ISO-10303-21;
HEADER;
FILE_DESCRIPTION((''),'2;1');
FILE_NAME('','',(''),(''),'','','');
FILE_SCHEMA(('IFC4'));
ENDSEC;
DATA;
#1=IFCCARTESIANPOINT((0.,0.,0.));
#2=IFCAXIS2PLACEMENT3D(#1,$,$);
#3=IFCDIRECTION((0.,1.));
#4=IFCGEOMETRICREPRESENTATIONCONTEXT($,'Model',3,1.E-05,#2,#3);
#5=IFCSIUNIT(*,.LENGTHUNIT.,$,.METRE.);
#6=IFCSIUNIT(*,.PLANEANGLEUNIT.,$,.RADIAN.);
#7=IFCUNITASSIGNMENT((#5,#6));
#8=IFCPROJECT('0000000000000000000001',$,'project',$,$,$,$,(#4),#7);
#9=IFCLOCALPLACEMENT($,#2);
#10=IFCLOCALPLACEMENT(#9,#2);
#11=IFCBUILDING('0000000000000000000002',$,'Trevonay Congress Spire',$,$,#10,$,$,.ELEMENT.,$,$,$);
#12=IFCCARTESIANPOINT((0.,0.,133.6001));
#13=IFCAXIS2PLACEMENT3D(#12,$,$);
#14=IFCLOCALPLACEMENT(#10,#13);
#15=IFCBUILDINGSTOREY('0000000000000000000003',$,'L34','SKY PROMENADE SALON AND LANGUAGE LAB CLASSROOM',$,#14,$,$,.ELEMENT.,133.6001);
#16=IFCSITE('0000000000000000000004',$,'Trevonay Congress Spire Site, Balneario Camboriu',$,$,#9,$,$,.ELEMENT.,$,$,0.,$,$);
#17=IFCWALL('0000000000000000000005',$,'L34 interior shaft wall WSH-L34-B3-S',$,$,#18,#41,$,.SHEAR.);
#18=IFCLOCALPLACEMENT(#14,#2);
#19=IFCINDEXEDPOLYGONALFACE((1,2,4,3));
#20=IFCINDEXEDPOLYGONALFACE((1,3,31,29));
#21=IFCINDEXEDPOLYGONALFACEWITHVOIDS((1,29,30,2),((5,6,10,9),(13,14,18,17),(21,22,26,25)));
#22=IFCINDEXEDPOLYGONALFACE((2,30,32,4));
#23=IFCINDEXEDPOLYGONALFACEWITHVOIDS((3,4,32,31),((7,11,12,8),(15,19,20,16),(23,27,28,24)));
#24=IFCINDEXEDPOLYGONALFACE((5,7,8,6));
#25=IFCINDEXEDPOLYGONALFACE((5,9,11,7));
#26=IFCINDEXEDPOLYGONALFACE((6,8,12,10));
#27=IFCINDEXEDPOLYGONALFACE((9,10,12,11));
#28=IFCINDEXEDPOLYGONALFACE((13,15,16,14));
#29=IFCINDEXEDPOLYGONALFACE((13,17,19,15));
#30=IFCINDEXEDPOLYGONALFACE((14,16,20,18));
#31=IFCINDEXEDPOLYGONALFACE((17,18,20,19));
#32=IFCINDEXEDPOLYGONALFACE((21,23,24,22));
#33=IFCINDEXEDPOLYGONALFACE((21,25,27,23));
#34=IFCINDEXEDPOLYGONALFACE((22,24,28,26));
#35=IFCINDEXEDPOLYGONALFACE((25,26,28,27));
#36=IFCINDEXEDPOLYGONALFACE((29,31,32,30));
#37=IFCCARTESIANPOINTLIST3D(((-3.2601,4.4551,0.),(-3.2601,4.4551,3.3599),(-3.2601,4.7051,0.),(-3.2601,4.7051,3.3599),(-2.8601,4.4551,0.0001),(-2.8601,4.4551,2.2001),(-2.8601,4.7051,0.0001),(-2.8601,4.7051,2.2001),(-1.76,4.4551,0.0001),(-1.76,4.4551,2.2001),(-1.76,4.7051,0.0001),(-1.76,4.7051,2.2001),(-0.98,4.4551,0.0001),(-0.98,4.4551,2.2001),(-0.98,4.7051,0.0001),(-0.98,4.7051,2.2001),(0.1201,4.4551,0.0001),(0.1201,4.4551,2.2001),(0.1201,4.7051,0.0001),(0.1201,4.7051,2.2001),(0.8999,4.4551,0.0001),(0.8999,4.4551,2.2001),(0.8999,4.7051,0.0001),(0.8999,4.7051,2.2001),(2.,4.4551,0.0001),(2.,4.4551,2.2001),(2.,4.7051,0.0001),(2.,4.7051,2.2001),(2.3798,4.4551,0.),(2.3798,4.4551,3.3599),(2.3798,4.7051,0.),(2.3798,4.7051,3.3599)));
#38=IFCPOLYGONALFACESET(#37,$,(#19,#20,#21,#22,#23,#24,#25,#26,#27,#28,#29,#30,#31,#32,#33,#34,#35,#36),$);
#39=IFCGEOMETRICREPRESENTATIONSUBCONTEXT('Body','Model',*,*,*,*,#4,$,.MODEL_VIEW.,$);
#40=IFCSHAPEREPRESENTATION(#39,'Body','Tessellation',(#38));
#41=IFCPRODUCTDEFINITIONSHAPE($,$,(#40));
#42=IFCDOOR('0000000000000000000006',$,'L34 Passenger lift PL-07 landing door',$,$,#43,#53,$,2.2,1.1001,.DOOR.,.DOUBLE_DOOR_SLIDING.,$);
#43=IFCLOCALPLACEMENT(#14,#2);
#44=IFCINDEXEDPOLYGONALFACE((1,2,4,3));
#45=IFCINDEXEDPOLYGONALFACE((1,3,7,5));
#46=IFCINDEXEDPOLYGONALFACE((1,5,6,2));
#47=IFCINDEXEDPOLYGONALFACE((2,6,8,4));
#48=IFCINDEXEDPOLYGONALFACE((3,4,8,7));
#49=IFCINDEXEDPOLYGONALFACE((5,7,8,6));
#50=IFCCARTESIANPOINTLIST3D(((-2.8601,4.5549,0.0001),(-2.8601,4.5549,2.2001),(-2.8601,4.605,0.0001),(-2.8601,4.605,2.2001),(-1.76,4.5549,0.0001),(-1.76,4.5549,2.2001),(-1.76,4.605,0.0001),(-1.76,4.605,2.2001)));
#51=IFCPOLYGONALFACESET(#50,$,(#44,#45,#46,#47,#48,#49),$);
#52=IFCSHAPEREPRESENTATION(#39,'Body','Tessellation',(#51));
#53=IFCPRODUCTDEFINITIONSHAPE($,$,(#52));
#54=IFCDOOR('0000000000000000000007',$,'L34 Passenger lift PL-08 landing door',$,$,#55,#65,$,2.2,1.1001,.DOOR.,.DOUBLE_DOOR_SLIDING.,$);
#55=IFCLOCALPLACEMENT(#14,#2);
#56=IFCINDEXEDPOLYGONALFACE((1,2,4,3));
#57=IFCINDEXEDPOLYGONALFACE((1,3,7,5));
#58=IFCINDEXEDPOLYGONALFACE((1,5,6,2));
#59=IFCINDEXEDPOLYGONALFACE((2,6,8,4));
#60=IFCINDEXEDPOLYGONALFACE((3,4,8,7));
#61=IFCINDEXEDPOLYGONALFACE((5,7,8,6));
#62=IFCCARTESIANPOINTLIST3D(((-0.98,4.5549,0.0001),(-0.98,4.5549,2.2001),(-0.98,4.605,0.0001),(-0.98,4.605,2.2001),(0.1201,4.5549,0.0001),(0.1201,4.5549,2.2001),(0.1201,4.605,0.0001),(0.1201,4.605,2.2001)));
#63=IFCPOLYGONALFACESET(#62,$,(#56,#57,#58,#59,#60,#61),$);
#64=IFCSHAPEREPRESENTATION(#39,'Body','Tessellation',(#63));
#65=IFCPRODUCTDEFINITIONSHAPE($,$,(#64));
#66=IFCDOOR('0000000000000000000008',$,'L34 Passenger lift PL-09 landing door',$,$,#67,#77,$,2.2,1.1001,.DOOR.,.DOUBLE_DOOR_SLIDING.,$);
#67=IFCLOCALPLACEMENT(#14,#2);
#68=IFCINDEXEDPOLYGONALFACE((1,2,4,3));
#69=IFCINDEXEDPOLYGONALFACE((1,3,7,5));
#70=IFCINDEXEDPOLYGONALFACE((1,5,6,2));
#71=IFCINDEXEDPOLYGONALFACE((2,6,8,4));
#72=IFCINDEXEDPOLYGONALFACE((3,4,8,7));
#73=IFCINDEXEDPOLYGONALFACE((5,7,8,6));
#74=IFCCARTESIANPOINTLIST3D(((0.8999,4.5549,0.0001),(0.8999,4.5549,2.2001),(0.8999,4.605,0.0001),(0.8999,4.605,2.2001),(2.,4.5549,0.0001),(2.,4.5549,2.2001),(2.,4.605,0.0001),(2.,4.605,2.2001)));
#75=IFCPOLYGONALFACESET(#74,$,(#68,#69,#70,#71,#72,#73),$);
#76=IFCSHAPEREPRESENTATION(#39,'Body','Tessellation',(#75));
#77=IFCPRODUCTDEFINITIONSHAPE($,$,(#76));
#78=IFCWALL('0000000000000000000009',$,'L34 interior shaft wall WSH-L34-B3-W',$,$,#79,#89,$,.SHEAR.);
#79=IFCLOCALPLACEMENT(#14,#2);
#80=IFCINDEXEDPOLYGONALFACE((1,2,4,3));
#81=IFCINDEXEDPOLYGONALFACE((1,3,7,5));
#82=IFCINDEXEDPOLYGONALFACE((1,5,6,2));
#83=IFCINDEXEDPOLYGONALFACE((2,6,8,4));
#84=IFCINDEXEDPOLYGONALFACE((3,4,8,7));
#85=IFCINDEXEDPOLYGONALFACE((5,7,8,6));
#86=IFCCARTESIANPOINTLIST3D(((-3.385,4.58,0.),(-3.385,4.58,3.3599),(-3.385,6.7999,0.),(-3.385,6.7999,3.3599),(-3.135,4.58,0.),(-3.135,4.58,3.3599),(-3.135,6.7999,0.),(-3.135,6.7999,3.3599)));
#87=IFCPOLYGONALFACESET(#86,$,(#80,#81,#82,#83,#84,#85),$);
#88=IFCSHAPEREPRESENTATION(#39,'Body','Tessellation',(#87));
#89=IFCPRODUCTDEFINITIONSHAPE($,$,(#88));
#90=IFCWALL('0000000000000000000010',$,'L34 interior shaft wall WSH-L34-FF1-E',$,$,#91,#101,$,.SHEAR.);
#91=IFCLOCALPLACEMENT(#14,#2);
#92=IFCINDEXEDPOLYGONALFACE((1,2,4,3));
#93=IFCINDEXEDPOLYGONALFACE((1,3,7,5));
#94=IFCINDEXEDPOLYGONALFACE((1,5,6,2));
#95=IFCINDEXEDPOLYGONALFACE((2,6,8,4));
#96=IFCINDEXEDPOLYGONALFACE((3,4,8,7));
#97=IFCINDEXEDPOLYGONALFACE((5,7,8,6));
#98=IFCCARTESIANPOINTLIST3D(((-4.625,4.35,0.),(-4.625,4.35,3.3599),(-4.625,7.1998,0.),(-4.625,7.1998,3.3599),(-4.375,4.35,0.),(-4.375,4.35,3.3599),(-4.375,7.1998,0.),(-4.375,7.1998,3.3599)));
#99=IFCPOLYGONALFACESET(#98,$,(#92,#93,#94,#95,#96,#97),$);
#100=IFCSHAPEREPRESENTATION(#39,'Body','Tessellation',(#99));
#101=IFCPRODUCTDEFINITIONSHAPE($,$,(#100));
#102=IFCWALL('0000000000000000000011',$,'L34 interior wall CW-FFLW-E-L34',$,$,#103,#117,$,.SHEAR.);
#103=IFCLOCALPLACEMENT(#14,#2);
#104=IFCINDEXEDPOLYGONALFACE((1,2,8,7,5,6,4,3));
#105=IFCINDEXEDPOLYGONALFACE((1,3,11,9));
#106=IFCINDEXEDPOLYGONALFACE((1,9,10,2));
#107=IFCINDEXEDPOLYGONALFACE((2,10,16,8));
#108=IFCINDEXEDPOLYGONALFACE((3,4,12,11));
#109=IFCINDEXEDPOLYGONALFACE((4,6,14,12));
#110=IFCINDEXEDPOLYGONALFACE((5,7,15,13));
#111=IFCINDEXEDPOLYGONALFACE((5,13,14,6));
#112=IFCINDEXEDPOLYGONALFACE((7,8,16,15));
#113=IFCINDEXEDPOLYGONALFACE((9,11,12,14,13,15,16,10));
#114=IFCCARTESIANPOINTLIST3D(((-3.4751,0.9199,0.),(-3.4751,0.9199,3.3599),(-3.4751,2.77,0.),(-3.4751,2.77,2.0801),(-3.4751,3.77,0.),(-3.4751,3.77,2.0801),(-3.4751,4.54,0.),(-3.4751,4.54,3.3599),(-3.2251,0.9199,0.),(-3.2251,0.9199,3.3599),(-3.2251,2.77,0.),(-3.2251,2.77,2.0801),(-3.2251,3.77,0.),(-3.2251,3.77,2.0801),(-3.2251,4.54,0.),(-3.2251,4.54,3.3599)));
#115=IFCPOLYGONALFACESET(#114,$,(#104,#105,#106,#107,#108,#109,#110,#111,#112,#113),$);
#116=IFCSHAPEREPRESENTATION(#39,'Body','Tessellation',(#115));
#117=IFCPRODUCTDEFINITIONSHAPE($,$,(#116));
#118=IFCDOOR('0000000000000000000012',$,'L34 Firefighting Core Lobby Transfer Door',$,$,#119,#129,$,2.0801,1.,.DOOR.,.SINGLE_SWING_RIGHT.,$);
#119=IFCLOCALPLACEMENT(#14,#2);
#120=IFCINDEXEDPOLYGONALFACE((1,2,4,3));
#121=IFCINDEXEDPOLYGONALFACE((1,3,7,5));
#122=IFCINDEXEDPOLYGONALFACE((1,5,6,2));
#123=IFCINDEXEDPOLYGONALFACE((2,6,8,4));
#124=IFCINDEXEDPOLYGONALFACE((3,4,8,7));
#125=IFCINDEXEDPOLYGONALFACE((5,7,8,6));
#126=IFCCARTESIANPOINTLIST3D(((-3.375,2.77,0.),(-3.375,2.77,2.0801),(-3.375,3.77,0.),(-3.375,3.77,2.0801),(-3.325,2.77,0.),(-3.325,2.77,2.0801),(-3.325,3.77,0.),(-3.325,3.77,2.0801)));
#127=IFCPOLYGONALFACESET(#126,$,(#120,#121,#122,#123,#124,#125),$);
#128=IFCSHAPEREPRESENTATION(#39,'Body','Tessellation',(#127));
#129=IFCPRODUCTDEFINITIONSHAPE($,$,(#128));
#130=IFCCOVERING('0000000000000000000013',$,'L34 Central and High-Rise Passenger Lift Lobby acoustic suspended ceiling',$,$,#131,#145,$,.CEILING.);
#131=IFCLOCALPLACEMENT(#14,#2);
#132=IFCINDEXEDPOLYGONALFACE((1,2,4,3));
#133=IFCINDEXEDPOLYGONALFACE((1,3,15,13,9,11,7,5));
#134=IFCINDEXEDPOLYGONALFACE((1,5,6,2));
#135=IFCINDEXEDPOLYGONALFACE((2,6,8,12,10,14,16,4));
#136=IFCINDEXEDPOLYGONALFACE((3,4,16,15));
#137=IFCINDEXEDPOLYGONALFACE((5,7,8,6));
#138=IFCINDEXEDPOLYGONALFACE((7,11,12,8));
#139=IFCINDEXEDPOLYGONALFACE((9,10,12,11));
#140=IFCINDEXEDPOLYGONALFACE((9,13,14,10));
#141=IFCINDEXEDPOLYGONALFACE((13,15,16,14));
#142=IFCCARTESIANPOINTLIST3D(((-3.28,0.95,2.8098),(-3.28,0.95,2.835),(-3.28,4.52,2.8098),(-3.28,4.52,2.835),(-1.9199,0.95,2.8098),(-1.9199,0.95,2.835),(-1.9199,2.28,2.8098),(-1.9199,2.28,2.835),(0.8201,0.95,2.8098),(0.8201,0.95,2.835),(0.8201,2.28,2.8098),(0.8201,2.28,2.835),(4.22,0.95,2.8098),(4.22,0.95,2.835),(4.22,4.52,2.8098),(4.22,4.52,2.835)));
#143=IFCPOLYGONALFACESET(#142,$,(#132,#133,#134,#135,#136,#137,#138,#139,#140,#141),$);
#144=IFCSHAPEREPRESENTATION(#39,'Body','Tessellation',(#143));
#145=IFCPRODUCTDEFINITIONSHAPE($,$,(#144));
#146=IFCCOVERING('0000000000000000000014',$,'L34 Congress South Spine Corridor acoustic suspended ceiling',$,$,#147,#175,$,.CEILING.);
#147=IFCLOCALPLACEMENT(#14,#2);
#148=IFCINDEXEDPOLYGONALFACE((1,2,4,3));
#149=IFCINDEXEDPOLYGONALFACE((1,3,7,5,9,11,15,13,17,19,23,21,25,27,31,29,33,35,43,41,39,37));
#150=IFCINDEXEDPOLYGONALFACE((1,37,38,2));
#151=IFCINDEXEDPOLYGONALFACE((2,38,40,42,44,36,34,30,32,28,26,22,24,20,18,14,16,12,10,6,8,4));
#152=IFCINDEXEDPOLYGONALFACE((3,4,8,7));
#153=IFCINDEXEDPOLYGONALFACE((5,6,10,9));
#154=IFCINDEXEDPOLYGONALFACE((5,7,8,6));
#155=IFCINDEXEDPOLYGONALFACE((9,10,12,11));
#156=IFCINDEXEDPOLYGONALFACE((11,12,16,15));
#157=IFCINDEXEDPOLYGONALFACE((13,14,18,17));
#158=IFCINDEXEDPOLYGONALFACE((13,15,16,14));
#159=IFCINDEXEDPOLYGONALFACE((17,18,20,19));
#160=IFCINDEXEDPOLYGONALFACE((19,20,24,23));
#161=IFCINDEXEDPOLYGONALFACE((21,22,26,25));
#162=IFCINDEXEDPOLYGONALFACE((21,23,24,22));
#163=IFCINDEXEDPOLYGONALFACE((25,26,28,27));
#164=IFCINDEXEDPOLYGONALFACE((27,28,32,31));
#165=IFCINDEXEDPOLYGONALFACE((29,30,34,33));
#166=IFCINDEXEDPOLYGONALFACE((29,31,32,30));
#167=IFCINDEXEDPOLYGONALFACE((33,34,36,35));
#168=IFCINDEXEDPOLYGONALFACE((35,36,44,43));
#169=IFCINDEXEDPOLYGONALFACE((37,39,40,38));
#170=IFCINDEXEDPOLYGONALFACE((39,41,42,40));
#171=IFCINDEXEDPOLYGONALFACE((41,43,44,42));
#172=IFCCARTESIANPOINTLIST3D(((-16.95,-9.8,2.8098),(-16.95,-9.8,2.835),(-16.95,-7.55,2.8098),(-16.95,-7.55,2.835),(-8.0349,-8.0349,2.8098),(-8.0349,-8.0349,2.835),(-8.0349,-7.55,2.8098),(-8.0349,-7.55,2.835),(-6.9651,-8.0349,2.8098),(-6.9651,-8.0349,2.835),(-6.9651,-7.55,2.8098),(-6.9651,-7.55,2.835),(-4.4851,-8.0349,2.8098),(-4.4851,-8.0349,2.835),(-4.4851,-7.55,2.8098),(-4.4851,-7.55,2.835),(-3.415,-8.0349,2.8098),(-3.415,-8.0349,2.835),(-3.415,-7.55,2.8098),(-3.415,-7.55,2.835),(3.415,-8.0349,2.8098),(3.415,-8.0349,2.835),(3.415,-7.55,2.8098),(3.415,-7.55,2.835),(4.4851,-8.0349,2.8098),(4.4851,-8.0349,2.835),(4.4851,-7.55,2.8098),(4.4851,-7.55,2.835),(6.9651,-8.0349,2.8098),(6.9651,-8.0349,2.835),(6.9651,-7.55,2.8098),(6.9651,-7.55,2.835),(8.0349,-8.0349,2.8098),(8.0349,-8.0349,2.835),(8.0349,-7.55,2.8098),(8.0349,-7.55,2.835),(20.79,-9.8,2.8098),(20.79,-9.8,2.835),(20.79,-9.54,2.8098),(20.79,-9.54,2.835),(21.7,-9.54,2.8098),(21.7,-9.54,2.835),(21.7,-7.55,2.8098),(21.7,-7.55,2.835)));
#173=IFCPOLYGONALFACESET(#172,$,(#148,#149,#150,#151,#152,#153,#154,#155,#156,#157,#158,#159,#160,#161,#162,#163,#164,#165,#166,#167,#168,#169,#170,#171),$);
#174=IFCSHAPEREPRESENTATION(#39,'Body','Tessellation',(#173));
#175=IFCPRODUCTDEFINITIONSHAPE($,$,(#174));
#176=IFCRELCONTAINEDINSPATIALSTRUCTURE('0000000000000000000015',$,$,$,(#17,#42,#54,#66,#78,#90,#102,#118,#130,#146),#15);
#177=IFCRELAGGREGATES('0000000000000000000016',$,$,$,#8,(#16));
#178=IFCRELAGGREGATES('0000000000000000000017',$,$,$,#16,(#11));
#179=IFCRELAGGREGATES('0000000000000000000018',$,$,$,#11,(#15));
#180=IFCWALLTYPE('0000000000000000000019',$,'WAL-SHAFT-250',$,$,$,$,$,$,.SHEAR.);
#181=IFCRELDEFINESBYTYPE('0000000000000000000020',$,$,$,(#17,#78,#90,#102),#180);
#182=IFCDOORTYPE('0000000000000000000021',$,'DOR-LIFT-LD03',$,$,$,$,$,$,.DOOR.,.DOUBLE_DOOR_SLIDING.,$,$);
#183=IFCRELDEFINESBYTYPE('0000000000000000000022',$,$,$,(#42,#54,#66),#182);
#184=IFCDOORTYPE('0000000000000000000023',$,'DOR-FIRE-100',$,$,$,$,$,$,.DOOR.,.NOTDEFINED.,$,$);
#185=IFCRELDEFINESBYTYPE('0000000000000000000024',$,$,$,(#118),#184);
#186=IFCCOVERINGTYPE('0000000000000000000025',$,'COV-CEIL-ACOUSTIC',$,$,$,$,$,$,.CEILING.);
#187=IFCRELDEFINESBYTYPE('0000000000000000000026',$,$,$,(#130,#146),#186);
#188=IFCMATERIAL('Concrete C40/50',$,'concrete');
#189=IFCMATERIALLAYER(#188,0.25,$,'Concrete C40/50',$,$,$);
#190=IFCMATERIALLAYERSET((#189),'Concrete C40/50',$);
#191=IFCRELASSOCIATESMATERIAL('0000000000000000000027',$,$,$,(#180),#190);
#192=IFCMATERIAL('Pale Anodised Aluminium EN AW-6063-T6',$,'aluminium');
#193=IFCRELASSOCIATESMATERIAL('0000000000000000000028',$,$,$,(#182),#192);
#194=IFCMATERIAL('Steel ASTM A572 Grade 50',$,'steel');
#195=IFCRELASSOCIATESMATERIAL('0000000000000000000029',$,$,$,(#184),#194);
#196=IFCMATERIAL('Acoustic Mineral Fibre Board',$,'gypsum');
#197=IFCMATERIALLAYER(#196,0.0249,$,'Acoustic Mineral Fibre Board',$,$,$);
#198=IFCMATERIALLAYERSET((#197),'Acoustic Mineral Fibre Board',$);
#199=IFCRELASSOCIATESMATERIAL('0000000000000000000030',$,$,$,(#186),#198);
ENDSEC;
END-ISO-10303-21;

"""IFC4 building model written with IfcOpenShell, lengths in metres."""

from ifc_helpers import new_model, si_unit, direction, frame, frame_2d, origin, place, context, subcontext, project, spatial, polyline, rectangle, outline, extrude, material, layer, layer_set, type_object, element, fill, save


model = new_model("IFC4")

# Units and contexts
model_context = context("Model", 3, precision=1e-05, world=origin(), true_north=direction((0.0, 1.0)))
body_context = subcontext(model_context, "Body", "Model", "MODEL_VIEW")
ifc_project = project(units=[si_unit("LENGTHUNIT", "METRE"), si_unit("PLANEANGLEUNIT", "RADIAN")], contexts=[model_context])

# Site, building, storey
site_placement = place(None, origin())
site = spatial("IfcSite", under=ifc_project, at=site_placement, Name="Trevonay Congress Spire Site, Balneario Camboriu", CompositionType="ELEMENT", RefElevation=0.0)
building_placement = place(site_placement, origin())
building = spatial("IfcBuilding", under=site, at=building_placement, Name="Trevonay Congress Spire", CompositionType="ELEMENT")
storey_placement = place(building_placement, frame((0.0, 0.0, 133.6001)))
storey = spatial("IfcBuildingStorey", under=building, at=storey_placement, Name="L34", Description="SKY PROMENADE SALON AND LANGUAGE LAB CLASSROOM", CompositionType="ELEMENT", Elevation=133.6001)

# Shared definitions
ifc_material_1 = material(Name="Concrete C40/50", Category="concrete")

# Wall, openings, doors
ifc_layer_1 = layer(ifc_material_1, 0.25, Name="Concrete C40/50")
ifc_layer_set_1 = layer_set([ifc_layer_1], Name="Concrete C40/50")
wall_type_1 = type_object("IfcWallType", Name="WAL-SHAFT-250", PredefinedType="SHEAR", material=ifc_layer_set_1)
ifc_material_2 = material(Name="Pale Anodised Aluminium EN AW-6063-T6", Category="aluminium")
wall_1_placement = place(storey_placement, frame((-3.26, 4.5801, 0.0), z_axis=(0.0, 0.0, 1.0), x_axis=(1.0, 0.0, 0.0)))
wall_1 = element("IfcWall", 1, at=wall_1_placement, inside=storey, type_object=wall_type_1, Name="L34 interior shaft wall WSH-L34-B3-S", PredefinedType="SHEAR", context=body_context, shape_type="SweptSolid", body=[
    extrude(rectangle(XDim=5.6399, YDim=0.25, at=frame_2d((2.8198, 0.0))), origin(), (0.0, 0.0, 1.0), 3.3599),
])
opening_1_placement = place(wall_1_placement, frame((0.3999, 0.0, 0.0)))
opening_1 = element("IfcOpeningElement", 2, at=opening_1_placement, cuts=wall_1, PredefinedType="OPENING", context=body_context, shape_type="SweptSolid", body=[
    extrude(rectangle(XDim=1.1001, YDim=2.2, at=frame_2d((0.55, 1.1001))), frame((0.0, 0.135, 0.0), z_axis=(0.0, -1.0, 0.0), x_axis=(1.0, 0.0, 0.0)), (0.0, 0.0, 1.0), 0.27),
])
opening_2_placement = place(wall_1_placement, frame((2.28, 0.0, 0.0)))
opening_2 = element("IfcOpeningElement", 3, at=opening_2_placement, cuts=wall_1, PredefinedType="OPENING", context=body_context, shape_type="SweptSolid", body=[
    extrude(rectangle(XDim=1.1001, YDim=2.2, at=frame_2d((0.55, 1.1001))), frame((0.0, 0.135, 0.0), z_axis=(0.0, -1.0, 0.0), x_axis=(1.0, 0.0, 0.0)), (0.0, 0.0, 1.0), 0.27),
])
opening_3_placement = place(wall_1_placement, frame((4.1599, 0.0, 0.0)))
opening_3 = element("IfcOpeningElement", 4, at=opening_3_placement, cuts=wall_1, PredefinedType="OPENING", context=body_context, shape_type="SweptSolid", body=[
    extrude(rectangle(XDim=1.1001, YDim=2.2, at=frame_2d((0.55, 1.1001))), frame((0.0, 0.135, 0.0), z_axis=(0.0, -1.0, 0.0), x_axis=(1.0, 0.0, 0.0)), (0.0, 0.0, 1.0), 0.27),
])
door_type_1 = type_object("IfcDoorType", Name="DOR-LIFT-LD03", OperationType="DOUBLE_DOOR_SLIDING", PredefinedType="DOOR", material=ifc_material_2)
door_1_placement = place(opening_1_placement, origin())
door_1 = element("IfcDoor", 5, at=door_1_placement, inside=storey, type_object=door_type_1, Name="L34 Passenger lift PL-07 landing door", OperationType="DOUBLE_DOOR_SLIDING", OverallHeight=2.2, OverallWidth=1.1001, PredefinedType="DOOR", context=body_context, shape_type="SweptSolid", body=[
    extrude(rectangle(XDim=1.1001, YDim=2.2, at=frame_2d((0.55, 1.1001))), frame((0.0, 0.0249, 0.0), z_axis=(0.0, -1.0, 0.0), x_axis=(1.0, 0.0, 0.0)), (0.0, 0.0, 1.0), 0.05),
])
fill(opening_1, door_1)
door_2_placement = place(opening_2_placement, origin())
door_2 = element("IfcDoor", 6, at=door_2_placement, inside=storey, type_object=door_type_1, Name="L34 Passenger lift PL-08 landing door", OperationType="DOUBLE_DOOR_SLIDING", OverallHeight=2.2, OverallWidth=1.1001, PredefinedType="DOOR", context=body_context, shape_type="SweptSolid", body=[
    extrude(rectangle(XDim=1.1001, YDim=2.2, at=frame_2d((0.55, 1.1001))), frame((0.0, 0.0249, 0.0), z_axis=(0.0, -1.0, 0.0), x_axis=(1.0, 0.0, 0.0)), (0.0, 0.0, 1.0), 0.05),
])
fill(opening_2, door_2)
door_3_placement = place(opening_3_placement, origin())
door_3 = element("IfcDoor", 7, at=door_3_placement, inside=storey, type_object=door_type_1, Name="L34 Passenger lift PL-09 landing door", OperationType="DOUBLE_DOOR_SLIDING", OverallHeight=2.2, OverallWidth=1.1001, PredefinedType="DOOR", context=body_context, shape_type="SweptSolid", body=[
    extrude(rectangle(XDim=1.1001, YDim=2.2, at=frame_2d((0.55, 1.1001))), frame((0.0, 0.0249, 0.0), z_axis=(0.0, -1.0, 0.0), x_axis=(1.0, 0.0, 0.0)), (0.0, 0.0, 1.0), 0.05),
])
fill(opening_3, door_3)

# Walls
wall_2_placement = place(storey_placement, frame((-3.26, 4.5801, 0.0), z_axis=(0.0, 0.0, 1.0), x_axis=(0.0, 1.0, 0.0)))
element("IfcWall", 8, at=wall_2_placement, inside=storey, type_object=wall_type_1, Name="L34 interior shaft wall WSH-L34-B3-W", PredefinedType="SHEAR", context=body_context, shape_type="SweptSolid", body=[
    extrude(rectangle(XDim=2.22, YDim=0.25, at=frame_2d((1.1099, 0.0))), origin(), (0.0, 0.0, 1.0), 3.3599),
])
wall_3_placement = place(storey_placement, frame((-4.5, 4.3501, 0.0), z_axis=(0.0, 0.0, 1.0), x_axis=(0.0, 1.0, 0.0)))
element("IfcWall", 9, at=wall_3_placement, inside=storey, type_object=wall_type_1, Name="L34 interior shaft wall WSH-L34-FF1-E", PredefinedType="SHEAR", context=body_context, shape_type="SweptSolid", body=[
    extrude(rectangle(XDim=2.8499, YDim=0.25, at=frame_2d((1.4248, 0.0))), origin(), (0.0, 0.0, 1.0), 3.3599),
])

# Wall, opening, door
wall_4_placement = place(storey_placement, frame((-3.3501, 0.9199, 0.0), z_axis=(0.0, 0.0, 1.0), x_axis=(0.0, 1.0, 0.0)))
wall_4 = element("IfcWall", 10, at=wall_4_placement, inside=storey, type_object=wall_type_1, Name="L34 interior wall CW-FFLW-E-L34", PredefinedType="SHEAR", context=body_context, shape_type="SweptSolid", body=[
    extrude(rectangle(XDim=3.6201, YDim=0.25, at=frame_2d((1.8101, 0.0))), origin(), (0.0, 0.0, 1.0), 3.3599),
])
opening_4_placement = place(wall_4_placement, frame((1.8501, 0.0, 0.0)))
opening_4 = element("IfcOpeningElement", 11, at=opening_4_placement, cuts=wall_4, PredefinedType="OPENING", context=body_context, shape_type="SweptSolid", body=[
    extrude(rectangle(XDim=1.0, YDim=2.0801, at=frame_2d((0.5, 1.04))), frame((0.0, 0.135, 0.0), z_axis=(0.0, -1.0, 0.0), x_axis=(1.0, 0.0, 0.0)), (0.0, 0.0, 1.0), 0.27),
])
ifc_material_3 = material(Name="Steel ASTM A572 Grade 50", Category="steel")
door_type_2 = type_object("IfcDoorType", Name="DOR-FIRE-100", OperationType="NOTDEFINED", PredefinedType="DOOR", material=ifc_material_3)
door_4_placement = place(opening_4_placement, origin())
door_4 = element("IfcDoor", 12, at=door_4_placement, inside=storey, type_object=door_type_2, Name="L34 Firefighting Core Lobby Transfer Door", OperationType="SINGLE_SWING_RIGHT", OverallHeight=2.0801, OverallWidth=1.0, PredefinedType="DOOR", context=body_context, shape_type="SweptSolid", body=[
    extrude(rectangle(XDim=1.0, YDim=2.0801, at=frame_2d((0.5, 1.04))), frame((0.0, 0.0249, 0.0), z_axis=(0.0, -1.0, 0.0), x_axis=(1.0, 0.0, 0.0)), (0.0, 0.0, 1.0), 0.05),
])
fill(opening_4, door_4)

# Coverings
ifc_material_4 = material(Name="Acoustic Mineral Fibre Board", Category="gypsum")
ifc_layer_2 = layer(ifc_material_4, 0.0249, Name="Acoustic Mineral Fibre Board")
ifc_layer_set_2 = layer_set([ifc_layer_2], Name="Acoustic Mineral Fibre Board")
covering_type_1 = type_object("IfcCoveringType", Name="COV-CEIL-ACOUSTIC", PredefinedType="CEILING", material=ifc_layer_set_2)
covering_1_placement = place(storey_placement, frame((0.0, 0.0, 2.8098)))
element("IfcCovering", 13, at=covering_1_placement, inside=storey, type_object=covering_type_1, Name="L34 Central and High-Rise Passenger Lift Lobby acoustic suspended ceiling", PredefinedType="CEILING", context=body_context, shape_type="SweptSolid", body=[
    extrude(outline(polyline([(-3.28, 0.95), (-1.9199, 0.95), (-1.9199, 2.28), (0.8201, 2.28), (0.8201, 0.95), (4.22, 0.95), (4.22, 4.52), (-3.28, 4.52), (-3.28, 0.95)])), origin(), (0.0, 0.0, 1.0), 0.0251),
])
covering_2_placement = place(storey_placement, frame((0.0, 0.0, 2.8098)))
element("IfcCovering", 14, at=covering_2_placement, inside=storey, type_object=covering_type_1, Name="L34 Congress South Spine Corridor acoustic suspended ceiling", PredefinedType="CEILING", context=body_context, shape_type="SweptSolid", body=[
    extrude(outline(polyline([(-16.95, -9.8), (-16.95, -7.55), (-8.0349, -7.55), (-8.0349, -8.0349), (-6.9651, -8.0349), (-6.9651, -7.55), (-4.4851, -7.55), (-4.4851, -8.0349), (-3.415, -8.0349), (-3.415, -7.55), (3.415, -7.55), (3.415, -8.0349), (4.4851, -8.0349), (4.4851, -7.55), (6.9651, -7.55), (6.9651, -8.0349), (8.0349, -8.0349), (8.0349, -7.55), (21.7, -7.55), (21.7, -9.54), (20.79, -9.54), (20.79, -9.8), (-16.95, -9.8)])), origin(), (0.0, 0.0, 1.0), 0.0251),
])

save(model, "model.ifc")
